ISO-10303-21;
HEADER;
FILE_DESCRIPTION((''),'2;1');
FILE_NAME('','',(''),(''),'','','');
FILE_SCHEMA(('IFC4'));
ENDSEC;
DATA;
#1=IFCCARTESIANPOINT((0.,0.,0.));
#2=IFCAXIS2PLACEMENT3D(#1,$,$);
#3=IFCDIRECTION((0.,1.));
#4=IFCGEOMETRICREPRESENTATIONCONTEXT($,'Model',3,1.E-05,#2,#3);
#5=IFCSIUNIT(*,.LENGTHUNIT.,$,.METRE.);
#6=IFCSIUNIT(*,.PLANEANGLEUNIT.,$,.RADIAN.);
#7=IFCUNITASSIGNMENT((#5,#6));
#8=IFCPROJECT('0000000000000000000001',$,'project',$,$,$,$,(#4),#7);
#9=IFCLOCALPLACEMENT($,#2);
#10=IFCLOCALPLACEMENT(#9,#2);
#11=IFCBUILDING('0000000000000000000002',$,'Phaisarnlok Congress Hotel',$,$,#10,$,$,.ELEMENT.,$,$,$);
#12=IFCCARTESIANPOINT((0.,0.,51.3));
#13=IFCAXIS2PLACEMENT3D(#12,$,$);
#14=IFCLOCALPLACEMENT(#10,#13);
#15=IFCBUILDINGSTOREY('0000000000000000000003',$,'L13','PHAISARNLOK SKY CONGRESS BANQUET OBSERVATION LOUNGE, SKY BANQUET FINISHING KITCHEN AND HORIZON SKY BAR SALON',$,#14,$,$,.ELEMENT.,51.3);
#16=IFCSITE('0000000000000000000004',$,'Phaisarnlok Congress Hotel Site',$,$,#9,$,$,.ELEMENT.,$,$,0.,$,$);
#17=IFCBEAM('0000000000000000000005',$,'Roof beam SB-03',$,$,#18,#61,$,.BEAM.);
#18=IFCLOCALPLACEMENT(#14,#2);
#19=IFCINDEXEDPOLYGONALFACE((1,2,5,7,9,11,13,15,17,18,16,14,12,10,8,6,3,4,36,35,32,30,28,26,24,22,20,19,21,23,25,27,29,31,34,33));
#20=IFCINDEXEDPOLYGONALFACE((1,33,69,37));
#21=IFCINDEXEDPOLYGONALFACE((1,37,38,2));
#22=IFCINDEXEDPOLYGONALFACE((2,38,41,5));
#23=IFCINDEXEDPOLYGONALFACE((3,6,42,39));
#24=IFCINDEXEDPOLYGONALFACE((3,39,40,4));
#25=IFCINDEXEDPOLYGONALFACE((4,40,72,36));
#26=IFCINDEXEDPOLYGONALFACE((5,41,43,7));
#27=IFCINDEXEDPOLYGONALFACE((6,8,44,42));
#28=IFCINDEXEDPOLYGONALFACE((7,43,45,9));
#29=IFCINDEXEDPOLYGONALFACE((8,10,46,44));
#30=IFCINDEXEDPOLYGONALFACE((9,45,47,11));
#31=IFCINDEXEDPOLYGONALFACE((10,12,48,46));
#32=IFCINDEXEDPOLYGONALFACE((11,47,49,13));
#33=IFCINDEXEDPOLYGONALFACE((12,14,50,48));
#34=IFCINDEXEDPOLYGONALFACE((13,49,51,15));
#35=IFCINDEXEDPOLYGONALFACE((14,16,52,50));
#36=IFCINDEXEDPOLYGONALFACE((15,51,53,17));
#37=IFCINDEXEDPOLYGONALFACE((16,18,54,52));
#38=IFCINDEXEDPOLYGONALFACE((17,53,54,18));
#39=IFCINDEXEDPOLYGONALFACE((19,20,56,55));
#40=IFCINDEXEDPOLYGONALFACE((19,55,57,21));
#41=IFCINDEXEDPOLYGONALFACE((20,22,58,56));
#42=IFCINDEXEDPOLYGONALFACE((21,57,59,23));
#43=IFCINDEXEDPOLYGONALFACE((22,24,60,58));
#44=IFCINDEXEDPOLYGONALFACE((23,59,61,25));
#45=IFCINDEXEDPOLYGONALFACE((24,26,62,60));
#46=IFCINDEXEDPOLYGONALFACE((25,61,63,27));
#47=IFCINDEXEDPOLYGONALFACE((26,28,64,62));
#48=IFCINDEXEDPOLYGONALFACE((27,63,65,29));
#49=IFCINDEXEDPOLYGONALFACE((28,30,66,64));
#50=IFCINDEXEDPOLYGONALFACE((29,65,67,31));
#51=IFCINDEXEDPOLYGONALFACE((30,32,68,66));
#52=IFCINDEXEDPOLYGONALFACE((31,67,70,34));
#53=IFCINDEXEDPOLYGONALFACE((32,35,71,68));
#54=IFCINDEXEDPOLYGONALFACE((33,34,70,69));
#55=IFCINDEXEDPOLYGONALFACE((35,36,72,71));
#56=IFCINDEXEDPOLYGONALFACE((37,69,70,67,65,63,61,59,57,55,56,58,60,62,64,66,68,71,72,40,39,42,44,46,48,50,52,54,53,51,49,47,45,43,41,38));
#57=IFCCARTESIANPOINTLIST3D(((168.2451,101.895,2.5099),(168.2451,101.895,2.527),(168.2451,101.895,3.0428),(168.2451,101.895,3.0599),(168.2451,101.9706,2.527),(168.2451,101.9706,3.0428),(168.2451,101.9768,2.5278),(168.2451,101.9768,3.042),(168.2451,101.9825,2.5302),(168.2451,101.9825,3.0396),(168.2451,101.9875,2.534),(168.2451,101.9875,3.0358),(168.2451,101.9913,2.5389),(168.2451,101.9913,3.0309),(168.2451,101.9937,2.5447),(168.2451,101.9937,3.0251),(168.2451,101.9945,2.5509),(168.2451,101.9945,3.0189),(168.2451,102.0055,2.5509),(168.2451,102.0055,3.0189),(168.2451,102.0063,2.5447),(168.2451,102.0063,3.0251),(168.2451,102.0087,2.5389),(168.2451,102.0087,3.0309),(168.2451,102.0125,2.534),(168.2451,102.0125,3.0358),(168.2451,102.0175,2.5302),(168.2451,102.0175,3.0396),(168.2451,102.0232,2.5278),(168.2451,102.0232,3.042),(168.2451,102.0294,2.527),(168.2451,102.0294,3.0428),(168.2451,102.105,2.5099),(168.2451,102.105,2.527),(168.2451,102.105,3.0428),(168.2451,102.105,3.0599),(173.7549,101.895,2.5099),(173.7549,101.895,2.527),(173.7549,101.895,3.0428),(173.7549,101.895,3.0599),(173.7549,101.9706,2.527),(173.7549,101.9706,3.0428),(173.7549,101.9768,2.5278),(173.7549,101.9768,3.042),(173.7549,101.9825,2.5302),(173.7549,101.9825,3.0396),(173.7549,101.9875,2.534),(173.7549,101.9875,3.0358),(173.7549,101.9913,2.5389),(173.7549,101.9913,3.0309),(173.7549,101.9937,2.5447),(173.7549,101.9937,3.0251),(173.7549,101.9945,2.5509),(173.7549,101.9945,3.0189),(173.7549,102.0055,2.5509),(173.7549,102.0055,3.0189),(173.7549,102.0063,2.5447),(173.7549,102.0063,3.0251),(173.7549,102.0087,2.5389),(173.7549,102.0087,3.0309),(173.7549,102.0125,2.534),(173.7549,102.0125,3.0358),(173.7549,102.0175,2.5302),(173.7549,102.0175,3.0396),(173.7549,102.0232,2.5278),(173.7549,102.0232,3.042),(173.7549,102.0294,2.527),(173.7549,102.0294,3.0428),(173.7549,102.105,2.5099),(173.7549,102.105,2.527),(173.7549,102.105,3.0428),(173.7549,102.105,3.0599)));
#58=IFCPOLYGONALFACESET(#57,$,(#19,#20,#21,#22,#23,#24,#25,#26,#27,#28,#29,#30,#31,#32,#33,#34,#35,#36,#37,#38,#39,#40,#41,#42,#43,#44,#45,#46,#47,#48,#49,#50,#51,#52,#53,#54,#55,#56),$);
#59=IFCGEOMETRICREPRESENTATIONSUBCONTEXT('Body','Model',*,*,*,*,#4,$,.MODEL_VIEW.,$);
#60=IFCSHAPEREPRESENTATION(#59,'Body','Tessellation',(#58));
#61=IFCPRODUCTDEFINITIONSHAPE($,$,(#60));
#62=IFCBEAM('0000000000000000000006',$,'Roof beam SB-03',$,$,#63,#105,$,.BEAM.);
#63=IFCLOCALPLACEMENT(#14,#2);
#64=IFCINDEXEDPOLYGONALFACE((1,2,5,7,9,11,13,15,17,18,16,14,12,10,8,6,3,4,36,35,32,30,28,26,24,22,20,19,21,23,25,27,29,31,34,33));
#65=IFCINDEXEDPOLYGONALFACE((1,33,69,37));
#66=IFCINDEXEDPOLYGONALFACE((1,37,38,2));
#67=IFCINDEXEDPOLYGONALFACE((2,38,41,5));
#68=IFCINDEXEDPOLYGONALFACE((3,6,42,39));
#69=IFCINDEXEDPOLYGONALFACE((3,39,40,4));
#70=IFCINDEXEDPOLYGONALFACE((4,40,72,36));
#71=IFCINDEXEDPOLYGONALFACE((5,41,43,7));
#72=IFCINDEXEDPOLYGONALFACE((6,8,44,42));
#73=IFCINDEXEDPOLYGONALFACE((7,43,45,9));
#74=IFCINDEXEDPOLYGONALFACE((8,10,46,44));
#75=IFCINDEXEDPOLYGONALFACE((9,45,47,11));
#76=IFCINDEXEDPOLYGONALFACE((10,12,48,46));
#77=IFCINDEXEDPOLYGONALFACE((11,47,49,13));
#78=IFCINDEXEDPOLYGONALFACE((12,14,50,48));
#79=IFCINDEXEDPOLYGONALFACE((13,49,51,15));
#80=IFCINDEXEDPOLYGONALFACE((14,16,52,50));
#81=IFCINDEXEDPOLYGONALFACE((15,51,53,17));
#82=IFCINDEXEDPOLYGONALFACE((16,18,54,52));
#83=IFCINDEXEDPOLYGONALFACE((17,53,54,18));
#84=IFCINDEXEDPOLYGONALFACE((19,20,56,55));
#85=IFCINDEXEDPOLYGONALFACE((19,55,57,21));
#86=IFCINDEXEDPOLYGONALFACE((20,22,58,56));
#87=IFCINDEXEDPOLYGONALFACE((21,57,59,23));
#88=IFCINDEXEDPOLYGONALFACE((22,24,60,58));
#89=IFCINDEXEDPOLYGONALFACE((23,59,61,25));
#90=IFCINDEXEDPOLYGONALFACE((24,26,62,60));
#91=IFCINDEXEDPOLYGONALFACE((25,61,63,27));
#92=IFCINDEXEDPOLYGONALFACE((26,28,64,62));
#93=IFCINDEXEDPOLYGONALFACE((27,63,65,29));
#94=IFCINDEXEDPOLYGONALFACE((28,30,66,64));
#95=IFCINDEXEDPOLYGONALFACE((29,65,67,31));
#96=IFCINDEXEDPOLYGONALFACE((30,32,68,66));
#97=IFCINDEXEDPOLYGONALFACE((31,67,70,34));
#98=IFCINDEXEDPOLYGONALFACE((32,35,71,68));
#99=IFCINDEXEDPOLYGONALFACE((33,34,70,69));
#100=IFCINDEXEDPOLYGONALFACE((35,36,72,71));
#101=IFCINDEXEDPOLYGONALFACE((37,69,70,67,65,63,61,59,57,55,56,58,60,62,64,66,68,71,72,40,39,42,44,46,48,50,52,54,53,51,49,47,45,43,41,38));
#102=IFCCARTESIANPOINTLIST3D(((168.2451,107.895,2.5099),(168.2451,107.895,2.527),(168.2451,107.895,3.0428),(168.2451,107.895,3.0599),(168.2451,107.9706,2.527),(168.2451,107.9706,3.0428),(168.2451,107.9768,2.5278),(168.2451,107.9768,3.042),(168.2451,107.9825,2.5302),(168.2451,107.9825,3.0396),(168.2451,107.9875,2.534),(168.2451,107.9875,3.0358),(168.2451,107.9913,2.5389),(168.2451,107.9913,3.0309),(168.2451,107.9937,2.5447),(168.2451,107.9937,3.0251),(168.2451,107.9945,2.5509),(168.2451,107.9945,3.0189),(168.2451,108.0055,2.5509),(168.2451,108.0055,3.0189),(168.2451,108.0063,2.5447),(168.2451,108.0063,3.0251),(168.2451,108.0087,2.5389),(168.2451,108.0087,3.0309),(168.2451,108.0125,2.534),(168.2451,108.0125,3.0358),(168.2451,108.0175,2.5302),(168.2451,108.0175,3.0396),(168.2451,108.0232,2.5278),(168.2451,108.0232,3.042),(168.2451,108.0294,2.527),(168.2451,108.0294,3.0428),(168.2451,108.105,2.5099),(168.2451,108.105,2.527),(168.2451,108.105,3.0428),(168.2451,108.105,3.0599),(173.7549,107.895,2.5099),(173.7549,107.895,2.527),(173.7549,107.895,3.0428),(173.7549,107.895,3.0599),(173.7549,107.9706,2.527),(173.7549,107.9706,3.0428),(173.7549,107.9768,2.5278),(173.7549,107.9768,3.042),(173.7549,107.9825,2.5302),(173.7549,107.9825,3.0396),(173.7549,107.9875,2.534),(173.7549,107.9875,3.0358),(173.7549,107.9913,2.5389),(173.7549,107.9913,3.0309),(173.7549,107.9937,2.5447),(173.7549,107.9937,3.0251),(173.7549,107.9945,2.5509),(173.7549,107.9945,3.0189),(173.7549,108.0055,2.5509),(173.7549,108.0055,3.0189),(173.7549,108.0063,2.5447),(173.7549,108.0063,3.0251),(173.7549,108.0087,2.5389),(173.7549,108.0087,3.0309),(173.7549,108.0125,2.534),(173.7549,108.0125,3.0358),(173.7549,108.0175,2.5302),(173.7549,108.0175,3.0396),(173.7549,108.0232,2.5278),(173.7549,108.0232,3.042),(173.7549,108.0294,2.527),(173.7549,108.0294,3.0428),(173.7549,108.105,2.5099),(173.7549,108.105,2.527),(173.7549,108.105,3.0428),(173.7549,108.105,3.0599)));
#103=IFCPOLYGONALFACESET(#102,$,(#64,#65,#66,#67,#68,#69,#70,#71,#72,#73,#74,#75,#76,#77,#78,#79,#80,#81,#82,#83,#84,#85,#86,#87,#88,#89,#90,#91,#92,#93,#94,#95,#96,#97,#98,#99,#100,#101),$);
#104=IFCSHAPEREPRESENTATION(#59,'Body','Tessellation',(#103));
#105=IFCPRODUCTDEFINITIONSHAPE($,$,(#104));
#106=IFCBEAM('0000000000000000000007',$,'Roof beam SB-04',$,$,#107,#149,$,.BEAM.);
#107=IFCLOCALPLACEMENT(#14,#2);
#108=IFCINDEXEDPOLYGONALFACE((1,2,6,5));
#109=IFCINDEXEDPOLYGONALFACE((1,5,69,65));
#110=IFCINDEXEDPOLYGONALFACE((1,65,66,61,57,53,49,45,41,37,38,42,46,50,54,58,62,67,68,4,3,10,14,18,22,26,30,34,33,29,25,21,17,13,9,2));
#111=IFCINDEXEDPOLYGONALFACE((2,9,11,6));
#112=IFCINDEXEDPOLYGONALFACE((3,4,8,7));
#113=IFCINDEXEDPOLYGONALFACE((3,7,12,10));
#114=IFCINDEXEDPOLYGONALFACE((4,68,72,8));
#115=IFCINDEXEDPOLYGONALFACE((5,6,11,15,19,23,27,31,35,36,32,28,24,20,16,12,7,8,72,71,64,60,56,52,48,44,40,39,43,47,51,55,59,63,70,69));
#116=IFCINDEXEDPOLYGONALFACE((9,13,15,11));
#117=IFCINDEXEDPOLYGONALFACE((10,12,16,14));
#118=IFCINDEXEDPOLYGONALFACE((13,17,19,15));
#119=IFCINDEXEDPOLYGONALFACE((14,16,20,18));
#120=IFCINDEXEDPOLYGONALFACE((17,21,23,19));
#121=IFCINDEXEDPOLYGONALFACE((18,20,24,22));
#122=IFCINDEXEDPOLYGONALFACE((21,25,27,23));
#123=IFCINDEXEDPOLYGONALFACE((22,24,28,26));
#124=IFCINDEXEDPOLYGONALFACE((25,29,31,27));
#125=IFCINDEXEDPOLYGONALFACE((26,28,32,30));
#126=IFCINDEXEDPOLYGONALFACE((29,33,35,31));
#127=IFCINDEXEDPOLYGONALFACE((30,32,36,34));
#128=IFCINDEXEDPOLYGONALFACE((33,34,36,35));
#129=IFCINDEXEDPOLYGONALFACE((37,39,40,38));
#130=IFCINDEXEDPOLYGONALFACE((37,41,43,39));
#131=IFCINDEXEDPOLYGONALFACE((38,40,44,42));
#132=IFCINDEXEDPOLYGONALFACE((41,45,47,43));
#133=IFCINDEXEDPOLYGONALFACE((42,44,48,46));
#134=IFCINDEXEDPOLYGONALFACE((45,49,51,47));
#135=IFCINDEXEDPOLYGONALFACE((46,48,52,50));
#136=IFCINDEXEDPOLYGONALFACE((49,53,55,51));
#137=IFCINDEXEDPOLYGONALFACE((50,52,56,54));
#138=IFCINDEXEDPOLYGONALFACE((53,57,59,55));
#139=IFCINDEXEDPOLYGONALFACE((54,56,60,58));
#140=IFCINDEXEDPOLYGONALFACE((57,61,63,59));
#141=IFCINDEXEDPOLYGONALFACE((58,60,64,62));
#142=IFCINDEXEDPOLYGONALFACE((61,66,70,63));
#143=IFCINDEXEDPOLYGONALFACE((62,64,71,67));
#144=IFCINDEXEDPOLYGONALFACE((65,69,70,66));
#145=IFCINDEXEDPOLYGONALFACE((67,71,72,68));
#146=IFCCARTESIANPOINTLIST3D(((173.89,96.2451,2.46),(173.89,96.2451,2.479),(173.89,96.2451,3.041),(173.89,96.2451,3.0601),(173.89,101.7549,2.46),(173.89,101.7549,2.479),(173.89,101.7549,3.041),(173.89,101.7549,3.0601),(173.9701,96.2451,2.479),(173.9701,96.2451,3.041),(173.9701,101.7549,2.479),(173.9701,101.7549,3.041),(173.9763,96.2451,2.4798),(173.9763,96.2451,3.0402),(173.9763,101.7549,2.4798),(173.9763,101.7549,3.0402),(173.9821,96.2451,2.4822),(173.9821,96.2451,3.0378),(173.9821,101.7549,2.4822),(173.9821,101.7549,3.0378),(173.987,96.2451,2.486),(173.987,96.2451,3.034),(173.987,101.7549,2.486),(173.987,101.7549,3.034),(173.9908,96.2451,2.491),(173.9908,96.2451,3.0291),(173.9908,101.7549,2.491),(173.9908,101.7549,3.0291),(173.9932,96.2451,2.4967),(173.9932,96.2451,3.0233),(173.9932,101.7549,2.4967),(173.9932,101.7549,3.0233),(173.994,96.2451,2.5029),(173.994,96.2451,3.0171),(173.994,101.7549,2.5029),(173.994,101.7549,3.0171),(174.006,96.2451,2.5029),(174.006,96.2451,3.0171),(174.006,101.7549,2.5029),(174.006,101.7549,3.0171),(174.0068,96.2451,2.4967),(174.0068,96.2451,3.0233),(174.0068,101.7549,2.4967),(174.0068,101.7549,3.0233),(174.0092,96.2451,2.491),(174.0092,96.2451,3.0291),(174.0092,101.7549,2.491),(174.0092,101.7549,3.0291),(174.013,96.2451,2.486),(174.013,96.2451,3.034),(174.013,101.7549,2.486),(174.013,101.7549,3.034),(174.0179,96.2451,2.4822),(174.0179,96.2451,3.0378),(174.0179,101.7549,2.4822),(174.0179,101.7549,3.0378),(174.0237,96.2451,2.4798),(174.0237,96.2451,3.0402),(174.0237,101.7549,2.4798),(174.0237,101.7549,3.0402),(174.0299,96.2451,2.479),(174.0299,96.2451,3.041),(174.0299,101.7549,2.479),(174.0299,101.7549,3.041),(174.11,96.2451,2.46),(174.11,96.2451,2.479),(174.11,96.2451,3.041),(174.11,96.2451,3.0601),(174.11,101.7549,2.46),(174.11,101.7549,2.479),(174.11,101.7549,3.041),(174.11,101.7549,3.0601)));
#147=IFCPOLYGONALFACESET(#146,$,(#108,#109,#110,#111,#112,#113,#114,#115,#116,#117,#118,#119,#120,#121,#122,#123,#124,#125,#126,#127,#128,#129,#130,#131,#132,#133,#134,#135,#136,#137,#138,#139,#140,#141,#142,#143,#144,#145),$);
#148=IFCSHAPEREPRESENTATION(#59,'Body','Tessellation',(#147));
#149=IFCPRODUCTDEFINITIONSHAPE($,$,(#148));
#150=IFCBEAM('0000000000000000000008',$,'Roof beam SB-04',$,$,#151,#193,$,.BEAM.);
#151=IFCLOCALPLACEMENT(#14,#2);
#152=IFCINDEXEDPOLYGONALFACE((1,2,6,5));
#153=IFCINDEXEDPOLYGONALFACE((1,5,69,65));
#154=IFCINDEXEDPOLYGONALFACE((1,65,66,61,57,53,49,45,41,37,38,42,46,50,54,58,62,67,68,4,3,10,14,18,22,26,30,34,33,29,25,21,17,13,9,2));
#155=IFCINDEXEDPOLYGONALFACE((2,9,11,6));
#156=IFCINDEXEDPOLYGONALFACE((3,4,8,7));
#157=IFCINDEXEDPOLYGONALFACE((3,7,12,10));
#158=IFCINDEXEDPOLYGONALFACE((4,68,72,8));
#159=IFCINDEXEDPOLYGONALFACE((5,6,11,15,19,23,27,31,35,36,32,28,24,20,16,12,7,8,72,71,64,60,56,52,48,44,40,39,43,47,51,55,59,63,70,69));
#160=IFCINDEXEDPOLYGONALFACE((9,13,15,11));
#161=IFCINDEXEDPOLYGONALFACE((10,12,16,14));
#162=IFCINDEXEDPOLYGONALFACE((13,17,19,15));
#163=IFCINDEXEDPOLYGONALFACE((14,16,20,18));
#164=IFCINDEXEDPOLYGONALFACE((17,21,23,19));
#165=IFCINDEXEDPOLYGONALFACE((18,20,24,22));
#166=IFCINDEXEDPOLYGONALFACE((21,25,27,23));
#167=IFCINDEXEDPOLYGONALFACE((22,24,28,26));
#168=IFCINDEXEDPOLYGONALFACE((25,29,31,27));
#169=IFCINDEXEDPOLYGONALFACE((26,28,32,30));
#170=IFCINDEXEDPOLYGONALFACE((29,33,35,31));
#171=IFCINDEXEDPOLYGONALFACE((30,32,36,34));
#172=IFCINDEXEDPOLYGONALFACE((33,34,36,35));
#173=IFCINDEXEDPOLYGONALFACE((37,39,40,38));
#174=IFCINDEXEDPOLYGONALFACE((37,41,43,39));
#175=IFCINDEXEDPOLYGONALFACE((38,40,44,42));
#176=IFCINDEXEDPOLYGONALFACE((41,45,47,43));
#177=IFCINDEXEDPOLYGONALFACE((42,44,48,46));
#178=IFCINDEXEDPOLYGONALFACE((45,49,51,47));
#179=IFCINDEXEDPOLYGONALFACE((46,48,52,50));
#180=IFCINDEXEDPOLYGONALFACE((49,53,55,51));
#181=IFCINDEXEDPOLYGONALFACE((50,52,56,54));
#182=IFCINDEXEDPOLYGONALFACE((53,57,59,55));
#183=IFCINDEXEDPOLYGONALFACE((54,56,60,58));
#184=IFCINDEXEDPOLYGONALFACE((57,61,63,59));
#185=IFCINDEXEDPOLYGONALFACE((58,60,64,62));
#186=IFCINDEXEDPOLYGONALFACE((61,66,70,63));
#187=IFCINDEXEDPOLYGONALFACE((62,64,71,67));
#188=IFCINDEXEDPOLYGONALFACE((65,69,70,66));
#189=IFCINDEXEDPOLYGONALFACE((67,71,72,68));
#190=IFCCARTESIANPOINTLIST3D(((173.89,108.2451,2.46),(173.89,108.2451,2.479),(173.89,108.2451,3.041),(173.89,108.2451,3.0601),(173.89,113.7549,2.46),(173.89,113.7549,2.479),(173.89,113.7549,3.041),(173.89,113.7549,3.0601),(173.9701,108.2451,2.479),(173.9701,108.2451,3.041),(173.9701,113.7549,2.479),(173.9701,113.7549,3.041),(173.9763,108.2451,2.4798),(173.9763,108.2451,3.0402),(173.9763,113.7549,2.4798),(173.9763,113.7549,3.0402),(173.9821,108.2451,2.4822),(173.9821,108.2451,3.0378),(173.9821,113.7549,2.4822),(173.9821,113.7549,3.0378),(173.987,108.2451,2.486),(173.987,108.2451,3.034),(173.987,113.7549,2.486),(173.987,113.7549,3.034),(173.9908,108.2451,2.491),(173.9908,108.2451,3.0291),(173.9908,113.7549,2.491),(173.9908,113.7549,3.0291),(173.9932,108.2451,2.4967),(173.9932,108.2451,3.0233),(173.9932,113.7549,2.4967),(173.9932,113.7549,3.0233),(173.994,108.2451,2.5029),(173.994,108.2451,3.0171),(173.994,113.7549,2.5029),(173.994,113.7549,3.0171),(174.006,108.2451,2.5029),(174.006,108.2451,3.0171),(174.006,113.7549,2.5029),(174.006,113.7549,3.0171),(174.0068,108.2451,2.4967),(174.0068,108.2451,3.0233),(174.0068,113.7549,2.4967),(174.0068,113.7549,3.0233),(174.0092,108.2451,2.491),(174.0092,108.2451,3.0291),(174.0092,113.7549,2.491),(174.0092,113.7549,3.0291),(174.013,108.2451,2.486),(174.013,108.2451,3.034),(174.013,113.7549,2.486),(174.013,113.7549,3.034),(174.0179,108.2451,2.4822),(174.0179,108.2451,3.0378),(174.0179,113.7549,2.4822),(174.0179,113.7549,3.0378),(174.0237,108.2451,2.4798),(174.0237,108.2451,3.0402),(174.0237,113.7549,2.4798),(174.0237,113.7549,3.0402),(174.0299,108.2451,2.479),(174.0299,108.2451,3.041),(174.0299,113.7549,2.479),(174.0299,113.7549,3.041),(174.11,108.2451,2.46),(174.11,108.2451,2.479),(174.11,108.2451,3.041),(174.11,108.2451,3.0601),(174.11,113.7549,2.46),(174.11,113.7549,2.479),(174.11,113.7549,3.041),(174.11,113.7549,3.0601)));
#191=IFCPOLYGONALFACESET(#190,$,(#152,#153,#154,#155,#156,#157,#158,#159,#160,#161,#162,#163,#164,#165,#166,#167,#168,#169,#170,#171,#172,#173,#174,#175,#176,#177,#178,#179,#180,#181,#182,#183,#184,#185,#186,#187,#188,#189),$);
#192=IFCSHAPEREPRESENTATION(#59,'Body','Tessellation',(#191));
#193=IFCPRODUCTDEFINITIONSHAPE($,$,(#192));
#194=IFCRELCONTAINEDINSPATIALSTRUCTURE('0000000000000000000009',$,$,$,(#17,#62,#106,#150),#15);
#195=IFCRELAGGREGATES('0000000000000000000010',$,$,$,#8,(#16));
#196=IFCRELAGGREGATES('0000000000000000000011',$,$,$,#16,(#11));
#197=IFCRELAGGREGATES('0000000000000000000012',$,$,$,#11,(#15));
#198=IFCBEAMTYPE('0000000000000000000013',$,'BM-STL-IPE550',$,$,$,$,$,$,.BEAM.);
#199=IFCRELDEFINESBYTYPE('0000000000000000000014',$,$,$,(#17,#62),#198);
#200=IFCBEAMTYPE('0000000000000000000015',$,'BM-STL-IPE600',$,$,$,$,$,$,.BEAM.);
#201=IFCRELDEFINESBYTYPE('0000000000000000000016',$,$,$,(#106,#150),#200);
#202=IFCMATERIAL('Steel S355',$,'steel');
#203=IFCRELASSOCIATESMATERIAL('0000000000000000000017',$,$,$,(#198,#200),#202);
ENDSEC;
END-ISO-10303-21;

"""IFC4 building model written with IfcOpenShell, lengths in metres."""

from ifc_helpers import new_model, si_unit, direction, frame, origin, origin_2d, place, context, subcontext, project, spatial, i_section, extrude, material, material_profile, profile_set, type_object, element, save


model = new_model("IFC4")

# Units and contexts
model_context = context("Model", 3, precision=1e-05, world=origin(), true_north=direction((0.0, 1.0)))
body_context = subcontext(model_context, "Body", "Model", "MODEL_VIEW")
ifc_project = project(units=[si_unit("LENGTHUNIT", "METRE"), si_unit("PLANEANGLEUNIT", "RADIAN")], contexts=[model_context])

# Site, building, storey
site_placement = place(None, origin())
site = spatial("IfcSite", under=ifc_project, at=site_placement, Name="Phaisarnlok Congress Hotel Site", CompositionType="ELEMENT", RefElevation=0.0)
building_placement = place(site_placement, origin())
building = spatial("IfcBuilding", under=site, at=building_placement, Name="Phaisarnlok Congress Hotel", CompositionType="ELEMENT")
storey_placement = place(building_placement, frame((0.0, 0.0, 51.3)))
storey = spatial("IfcBuildingStorey", under=building, at=storey_placement, Name="L13", Description="PHAISARNLOK SKY CONGRESS BANQUET OBSERVATION LOUNGE, SKY BANQUET FINISHING KITCHEN AND HORIZON SKY BAR SALON", CompositionType="ELEMENT", Elevation=51.3)

# Beams
ifc_material_1 = material(Name="Steel S355", Category="steel")
ifc_material_profile_1 = material_profile(ifc_material_1, i_section(OverallWidth=0.21, OverallDepth=0.55, WebThickness=0.011, FlangeThickness=0.0171, FilletRadius=0.0239, at=origin_2d()), Name="IPE 550")
ifc_profile_set_1 = profile_set([ifc_material_profile_1], Name="Steel S355")
beam_type_1 = type_object("IfcBeamType", Name="BM-STL-IPE550", PredefinedType="BEAM", material=ifc_profile_set_1)
for number, where, z_axis, x_axis, name in (
    (1, (168.2451, 102.0, 2.7849), (1.0, 0.0, 0.0), (0.0, 1.0, 0.0), "Roof beam SB-03"),
    (2, (168.2451, 108.0, 2.7849), (1.0, 0.0, 0.0), (0.0, 1.0, 0.0), "Roof beam SB-03"),
):
    element("IfcBeam", number, at=place(storey_placement, frame(where, z_axis=z_axis, x_axis=x_axis)), inside=storey, type_object=beam_type_1, Name=name, PredefinedType="BEAM", context=body_context, shape_type="SweptSolid", body=[
        extrude(i_section(OverallWidth=0.21, OverallDepth=0.55, WebThickness=0.011, FlangeThickness=0.0171, FilletRadius=0.0239, at=origin_2d()), origin(), (0.0, 0.0, 1.0), 5.5098),
    ])
ifc_material_profile_2 = material_profile(ifc_material_1, i_section(OverallWidth=0.22, OverallDepth=0.6001, WebThickness=0.012, FlangeThickness=0.019, FilletRadius=0.0239, at=origin_2d()), Name="IPE 600")
ifc_profile_set_2 = profile_set([ifc_material_profile_2], Name="Steel S355")
beam_type_2 = type_object("IfcBeamType", Name="BM-STL-IPE600", PredefinedType="BEAM", material=ifc_profile_set_2)
for number, where, z_axis, x_axis, name in (
    (3, (174.0, 96.2451, 2.76), (0.0, 1.0, 0.0), (-1.0, 0.0, 0.0), "Roof beam SB-04"),
    (4, (174.0, 108.2451, 2.76), (0.0, 1.0, 0.0), (-1.0, 0.0, 0.0), "Roof beam SB-04"),
):
    element("IfcBeam", number, at=place(storey_placement, frame(where, z_axis=z_axis, x_axis=x_axis)), inside=storey, type_object=beam_type_2, Name=name, PredefinedType="BEAM", context=body_context, shape_type="SweptSolid", body=[
        extrude(i_section(OverallWidth=0.22, OverallDepth=0.6001, WebThickness=0.012, FlangeThickness=0.019, FilletRadius=0.0239, at=origin_2d()), origin(), (0.0, 0.0, 1.0), 5.5098),
    ])

save(model, "model.ifc")
